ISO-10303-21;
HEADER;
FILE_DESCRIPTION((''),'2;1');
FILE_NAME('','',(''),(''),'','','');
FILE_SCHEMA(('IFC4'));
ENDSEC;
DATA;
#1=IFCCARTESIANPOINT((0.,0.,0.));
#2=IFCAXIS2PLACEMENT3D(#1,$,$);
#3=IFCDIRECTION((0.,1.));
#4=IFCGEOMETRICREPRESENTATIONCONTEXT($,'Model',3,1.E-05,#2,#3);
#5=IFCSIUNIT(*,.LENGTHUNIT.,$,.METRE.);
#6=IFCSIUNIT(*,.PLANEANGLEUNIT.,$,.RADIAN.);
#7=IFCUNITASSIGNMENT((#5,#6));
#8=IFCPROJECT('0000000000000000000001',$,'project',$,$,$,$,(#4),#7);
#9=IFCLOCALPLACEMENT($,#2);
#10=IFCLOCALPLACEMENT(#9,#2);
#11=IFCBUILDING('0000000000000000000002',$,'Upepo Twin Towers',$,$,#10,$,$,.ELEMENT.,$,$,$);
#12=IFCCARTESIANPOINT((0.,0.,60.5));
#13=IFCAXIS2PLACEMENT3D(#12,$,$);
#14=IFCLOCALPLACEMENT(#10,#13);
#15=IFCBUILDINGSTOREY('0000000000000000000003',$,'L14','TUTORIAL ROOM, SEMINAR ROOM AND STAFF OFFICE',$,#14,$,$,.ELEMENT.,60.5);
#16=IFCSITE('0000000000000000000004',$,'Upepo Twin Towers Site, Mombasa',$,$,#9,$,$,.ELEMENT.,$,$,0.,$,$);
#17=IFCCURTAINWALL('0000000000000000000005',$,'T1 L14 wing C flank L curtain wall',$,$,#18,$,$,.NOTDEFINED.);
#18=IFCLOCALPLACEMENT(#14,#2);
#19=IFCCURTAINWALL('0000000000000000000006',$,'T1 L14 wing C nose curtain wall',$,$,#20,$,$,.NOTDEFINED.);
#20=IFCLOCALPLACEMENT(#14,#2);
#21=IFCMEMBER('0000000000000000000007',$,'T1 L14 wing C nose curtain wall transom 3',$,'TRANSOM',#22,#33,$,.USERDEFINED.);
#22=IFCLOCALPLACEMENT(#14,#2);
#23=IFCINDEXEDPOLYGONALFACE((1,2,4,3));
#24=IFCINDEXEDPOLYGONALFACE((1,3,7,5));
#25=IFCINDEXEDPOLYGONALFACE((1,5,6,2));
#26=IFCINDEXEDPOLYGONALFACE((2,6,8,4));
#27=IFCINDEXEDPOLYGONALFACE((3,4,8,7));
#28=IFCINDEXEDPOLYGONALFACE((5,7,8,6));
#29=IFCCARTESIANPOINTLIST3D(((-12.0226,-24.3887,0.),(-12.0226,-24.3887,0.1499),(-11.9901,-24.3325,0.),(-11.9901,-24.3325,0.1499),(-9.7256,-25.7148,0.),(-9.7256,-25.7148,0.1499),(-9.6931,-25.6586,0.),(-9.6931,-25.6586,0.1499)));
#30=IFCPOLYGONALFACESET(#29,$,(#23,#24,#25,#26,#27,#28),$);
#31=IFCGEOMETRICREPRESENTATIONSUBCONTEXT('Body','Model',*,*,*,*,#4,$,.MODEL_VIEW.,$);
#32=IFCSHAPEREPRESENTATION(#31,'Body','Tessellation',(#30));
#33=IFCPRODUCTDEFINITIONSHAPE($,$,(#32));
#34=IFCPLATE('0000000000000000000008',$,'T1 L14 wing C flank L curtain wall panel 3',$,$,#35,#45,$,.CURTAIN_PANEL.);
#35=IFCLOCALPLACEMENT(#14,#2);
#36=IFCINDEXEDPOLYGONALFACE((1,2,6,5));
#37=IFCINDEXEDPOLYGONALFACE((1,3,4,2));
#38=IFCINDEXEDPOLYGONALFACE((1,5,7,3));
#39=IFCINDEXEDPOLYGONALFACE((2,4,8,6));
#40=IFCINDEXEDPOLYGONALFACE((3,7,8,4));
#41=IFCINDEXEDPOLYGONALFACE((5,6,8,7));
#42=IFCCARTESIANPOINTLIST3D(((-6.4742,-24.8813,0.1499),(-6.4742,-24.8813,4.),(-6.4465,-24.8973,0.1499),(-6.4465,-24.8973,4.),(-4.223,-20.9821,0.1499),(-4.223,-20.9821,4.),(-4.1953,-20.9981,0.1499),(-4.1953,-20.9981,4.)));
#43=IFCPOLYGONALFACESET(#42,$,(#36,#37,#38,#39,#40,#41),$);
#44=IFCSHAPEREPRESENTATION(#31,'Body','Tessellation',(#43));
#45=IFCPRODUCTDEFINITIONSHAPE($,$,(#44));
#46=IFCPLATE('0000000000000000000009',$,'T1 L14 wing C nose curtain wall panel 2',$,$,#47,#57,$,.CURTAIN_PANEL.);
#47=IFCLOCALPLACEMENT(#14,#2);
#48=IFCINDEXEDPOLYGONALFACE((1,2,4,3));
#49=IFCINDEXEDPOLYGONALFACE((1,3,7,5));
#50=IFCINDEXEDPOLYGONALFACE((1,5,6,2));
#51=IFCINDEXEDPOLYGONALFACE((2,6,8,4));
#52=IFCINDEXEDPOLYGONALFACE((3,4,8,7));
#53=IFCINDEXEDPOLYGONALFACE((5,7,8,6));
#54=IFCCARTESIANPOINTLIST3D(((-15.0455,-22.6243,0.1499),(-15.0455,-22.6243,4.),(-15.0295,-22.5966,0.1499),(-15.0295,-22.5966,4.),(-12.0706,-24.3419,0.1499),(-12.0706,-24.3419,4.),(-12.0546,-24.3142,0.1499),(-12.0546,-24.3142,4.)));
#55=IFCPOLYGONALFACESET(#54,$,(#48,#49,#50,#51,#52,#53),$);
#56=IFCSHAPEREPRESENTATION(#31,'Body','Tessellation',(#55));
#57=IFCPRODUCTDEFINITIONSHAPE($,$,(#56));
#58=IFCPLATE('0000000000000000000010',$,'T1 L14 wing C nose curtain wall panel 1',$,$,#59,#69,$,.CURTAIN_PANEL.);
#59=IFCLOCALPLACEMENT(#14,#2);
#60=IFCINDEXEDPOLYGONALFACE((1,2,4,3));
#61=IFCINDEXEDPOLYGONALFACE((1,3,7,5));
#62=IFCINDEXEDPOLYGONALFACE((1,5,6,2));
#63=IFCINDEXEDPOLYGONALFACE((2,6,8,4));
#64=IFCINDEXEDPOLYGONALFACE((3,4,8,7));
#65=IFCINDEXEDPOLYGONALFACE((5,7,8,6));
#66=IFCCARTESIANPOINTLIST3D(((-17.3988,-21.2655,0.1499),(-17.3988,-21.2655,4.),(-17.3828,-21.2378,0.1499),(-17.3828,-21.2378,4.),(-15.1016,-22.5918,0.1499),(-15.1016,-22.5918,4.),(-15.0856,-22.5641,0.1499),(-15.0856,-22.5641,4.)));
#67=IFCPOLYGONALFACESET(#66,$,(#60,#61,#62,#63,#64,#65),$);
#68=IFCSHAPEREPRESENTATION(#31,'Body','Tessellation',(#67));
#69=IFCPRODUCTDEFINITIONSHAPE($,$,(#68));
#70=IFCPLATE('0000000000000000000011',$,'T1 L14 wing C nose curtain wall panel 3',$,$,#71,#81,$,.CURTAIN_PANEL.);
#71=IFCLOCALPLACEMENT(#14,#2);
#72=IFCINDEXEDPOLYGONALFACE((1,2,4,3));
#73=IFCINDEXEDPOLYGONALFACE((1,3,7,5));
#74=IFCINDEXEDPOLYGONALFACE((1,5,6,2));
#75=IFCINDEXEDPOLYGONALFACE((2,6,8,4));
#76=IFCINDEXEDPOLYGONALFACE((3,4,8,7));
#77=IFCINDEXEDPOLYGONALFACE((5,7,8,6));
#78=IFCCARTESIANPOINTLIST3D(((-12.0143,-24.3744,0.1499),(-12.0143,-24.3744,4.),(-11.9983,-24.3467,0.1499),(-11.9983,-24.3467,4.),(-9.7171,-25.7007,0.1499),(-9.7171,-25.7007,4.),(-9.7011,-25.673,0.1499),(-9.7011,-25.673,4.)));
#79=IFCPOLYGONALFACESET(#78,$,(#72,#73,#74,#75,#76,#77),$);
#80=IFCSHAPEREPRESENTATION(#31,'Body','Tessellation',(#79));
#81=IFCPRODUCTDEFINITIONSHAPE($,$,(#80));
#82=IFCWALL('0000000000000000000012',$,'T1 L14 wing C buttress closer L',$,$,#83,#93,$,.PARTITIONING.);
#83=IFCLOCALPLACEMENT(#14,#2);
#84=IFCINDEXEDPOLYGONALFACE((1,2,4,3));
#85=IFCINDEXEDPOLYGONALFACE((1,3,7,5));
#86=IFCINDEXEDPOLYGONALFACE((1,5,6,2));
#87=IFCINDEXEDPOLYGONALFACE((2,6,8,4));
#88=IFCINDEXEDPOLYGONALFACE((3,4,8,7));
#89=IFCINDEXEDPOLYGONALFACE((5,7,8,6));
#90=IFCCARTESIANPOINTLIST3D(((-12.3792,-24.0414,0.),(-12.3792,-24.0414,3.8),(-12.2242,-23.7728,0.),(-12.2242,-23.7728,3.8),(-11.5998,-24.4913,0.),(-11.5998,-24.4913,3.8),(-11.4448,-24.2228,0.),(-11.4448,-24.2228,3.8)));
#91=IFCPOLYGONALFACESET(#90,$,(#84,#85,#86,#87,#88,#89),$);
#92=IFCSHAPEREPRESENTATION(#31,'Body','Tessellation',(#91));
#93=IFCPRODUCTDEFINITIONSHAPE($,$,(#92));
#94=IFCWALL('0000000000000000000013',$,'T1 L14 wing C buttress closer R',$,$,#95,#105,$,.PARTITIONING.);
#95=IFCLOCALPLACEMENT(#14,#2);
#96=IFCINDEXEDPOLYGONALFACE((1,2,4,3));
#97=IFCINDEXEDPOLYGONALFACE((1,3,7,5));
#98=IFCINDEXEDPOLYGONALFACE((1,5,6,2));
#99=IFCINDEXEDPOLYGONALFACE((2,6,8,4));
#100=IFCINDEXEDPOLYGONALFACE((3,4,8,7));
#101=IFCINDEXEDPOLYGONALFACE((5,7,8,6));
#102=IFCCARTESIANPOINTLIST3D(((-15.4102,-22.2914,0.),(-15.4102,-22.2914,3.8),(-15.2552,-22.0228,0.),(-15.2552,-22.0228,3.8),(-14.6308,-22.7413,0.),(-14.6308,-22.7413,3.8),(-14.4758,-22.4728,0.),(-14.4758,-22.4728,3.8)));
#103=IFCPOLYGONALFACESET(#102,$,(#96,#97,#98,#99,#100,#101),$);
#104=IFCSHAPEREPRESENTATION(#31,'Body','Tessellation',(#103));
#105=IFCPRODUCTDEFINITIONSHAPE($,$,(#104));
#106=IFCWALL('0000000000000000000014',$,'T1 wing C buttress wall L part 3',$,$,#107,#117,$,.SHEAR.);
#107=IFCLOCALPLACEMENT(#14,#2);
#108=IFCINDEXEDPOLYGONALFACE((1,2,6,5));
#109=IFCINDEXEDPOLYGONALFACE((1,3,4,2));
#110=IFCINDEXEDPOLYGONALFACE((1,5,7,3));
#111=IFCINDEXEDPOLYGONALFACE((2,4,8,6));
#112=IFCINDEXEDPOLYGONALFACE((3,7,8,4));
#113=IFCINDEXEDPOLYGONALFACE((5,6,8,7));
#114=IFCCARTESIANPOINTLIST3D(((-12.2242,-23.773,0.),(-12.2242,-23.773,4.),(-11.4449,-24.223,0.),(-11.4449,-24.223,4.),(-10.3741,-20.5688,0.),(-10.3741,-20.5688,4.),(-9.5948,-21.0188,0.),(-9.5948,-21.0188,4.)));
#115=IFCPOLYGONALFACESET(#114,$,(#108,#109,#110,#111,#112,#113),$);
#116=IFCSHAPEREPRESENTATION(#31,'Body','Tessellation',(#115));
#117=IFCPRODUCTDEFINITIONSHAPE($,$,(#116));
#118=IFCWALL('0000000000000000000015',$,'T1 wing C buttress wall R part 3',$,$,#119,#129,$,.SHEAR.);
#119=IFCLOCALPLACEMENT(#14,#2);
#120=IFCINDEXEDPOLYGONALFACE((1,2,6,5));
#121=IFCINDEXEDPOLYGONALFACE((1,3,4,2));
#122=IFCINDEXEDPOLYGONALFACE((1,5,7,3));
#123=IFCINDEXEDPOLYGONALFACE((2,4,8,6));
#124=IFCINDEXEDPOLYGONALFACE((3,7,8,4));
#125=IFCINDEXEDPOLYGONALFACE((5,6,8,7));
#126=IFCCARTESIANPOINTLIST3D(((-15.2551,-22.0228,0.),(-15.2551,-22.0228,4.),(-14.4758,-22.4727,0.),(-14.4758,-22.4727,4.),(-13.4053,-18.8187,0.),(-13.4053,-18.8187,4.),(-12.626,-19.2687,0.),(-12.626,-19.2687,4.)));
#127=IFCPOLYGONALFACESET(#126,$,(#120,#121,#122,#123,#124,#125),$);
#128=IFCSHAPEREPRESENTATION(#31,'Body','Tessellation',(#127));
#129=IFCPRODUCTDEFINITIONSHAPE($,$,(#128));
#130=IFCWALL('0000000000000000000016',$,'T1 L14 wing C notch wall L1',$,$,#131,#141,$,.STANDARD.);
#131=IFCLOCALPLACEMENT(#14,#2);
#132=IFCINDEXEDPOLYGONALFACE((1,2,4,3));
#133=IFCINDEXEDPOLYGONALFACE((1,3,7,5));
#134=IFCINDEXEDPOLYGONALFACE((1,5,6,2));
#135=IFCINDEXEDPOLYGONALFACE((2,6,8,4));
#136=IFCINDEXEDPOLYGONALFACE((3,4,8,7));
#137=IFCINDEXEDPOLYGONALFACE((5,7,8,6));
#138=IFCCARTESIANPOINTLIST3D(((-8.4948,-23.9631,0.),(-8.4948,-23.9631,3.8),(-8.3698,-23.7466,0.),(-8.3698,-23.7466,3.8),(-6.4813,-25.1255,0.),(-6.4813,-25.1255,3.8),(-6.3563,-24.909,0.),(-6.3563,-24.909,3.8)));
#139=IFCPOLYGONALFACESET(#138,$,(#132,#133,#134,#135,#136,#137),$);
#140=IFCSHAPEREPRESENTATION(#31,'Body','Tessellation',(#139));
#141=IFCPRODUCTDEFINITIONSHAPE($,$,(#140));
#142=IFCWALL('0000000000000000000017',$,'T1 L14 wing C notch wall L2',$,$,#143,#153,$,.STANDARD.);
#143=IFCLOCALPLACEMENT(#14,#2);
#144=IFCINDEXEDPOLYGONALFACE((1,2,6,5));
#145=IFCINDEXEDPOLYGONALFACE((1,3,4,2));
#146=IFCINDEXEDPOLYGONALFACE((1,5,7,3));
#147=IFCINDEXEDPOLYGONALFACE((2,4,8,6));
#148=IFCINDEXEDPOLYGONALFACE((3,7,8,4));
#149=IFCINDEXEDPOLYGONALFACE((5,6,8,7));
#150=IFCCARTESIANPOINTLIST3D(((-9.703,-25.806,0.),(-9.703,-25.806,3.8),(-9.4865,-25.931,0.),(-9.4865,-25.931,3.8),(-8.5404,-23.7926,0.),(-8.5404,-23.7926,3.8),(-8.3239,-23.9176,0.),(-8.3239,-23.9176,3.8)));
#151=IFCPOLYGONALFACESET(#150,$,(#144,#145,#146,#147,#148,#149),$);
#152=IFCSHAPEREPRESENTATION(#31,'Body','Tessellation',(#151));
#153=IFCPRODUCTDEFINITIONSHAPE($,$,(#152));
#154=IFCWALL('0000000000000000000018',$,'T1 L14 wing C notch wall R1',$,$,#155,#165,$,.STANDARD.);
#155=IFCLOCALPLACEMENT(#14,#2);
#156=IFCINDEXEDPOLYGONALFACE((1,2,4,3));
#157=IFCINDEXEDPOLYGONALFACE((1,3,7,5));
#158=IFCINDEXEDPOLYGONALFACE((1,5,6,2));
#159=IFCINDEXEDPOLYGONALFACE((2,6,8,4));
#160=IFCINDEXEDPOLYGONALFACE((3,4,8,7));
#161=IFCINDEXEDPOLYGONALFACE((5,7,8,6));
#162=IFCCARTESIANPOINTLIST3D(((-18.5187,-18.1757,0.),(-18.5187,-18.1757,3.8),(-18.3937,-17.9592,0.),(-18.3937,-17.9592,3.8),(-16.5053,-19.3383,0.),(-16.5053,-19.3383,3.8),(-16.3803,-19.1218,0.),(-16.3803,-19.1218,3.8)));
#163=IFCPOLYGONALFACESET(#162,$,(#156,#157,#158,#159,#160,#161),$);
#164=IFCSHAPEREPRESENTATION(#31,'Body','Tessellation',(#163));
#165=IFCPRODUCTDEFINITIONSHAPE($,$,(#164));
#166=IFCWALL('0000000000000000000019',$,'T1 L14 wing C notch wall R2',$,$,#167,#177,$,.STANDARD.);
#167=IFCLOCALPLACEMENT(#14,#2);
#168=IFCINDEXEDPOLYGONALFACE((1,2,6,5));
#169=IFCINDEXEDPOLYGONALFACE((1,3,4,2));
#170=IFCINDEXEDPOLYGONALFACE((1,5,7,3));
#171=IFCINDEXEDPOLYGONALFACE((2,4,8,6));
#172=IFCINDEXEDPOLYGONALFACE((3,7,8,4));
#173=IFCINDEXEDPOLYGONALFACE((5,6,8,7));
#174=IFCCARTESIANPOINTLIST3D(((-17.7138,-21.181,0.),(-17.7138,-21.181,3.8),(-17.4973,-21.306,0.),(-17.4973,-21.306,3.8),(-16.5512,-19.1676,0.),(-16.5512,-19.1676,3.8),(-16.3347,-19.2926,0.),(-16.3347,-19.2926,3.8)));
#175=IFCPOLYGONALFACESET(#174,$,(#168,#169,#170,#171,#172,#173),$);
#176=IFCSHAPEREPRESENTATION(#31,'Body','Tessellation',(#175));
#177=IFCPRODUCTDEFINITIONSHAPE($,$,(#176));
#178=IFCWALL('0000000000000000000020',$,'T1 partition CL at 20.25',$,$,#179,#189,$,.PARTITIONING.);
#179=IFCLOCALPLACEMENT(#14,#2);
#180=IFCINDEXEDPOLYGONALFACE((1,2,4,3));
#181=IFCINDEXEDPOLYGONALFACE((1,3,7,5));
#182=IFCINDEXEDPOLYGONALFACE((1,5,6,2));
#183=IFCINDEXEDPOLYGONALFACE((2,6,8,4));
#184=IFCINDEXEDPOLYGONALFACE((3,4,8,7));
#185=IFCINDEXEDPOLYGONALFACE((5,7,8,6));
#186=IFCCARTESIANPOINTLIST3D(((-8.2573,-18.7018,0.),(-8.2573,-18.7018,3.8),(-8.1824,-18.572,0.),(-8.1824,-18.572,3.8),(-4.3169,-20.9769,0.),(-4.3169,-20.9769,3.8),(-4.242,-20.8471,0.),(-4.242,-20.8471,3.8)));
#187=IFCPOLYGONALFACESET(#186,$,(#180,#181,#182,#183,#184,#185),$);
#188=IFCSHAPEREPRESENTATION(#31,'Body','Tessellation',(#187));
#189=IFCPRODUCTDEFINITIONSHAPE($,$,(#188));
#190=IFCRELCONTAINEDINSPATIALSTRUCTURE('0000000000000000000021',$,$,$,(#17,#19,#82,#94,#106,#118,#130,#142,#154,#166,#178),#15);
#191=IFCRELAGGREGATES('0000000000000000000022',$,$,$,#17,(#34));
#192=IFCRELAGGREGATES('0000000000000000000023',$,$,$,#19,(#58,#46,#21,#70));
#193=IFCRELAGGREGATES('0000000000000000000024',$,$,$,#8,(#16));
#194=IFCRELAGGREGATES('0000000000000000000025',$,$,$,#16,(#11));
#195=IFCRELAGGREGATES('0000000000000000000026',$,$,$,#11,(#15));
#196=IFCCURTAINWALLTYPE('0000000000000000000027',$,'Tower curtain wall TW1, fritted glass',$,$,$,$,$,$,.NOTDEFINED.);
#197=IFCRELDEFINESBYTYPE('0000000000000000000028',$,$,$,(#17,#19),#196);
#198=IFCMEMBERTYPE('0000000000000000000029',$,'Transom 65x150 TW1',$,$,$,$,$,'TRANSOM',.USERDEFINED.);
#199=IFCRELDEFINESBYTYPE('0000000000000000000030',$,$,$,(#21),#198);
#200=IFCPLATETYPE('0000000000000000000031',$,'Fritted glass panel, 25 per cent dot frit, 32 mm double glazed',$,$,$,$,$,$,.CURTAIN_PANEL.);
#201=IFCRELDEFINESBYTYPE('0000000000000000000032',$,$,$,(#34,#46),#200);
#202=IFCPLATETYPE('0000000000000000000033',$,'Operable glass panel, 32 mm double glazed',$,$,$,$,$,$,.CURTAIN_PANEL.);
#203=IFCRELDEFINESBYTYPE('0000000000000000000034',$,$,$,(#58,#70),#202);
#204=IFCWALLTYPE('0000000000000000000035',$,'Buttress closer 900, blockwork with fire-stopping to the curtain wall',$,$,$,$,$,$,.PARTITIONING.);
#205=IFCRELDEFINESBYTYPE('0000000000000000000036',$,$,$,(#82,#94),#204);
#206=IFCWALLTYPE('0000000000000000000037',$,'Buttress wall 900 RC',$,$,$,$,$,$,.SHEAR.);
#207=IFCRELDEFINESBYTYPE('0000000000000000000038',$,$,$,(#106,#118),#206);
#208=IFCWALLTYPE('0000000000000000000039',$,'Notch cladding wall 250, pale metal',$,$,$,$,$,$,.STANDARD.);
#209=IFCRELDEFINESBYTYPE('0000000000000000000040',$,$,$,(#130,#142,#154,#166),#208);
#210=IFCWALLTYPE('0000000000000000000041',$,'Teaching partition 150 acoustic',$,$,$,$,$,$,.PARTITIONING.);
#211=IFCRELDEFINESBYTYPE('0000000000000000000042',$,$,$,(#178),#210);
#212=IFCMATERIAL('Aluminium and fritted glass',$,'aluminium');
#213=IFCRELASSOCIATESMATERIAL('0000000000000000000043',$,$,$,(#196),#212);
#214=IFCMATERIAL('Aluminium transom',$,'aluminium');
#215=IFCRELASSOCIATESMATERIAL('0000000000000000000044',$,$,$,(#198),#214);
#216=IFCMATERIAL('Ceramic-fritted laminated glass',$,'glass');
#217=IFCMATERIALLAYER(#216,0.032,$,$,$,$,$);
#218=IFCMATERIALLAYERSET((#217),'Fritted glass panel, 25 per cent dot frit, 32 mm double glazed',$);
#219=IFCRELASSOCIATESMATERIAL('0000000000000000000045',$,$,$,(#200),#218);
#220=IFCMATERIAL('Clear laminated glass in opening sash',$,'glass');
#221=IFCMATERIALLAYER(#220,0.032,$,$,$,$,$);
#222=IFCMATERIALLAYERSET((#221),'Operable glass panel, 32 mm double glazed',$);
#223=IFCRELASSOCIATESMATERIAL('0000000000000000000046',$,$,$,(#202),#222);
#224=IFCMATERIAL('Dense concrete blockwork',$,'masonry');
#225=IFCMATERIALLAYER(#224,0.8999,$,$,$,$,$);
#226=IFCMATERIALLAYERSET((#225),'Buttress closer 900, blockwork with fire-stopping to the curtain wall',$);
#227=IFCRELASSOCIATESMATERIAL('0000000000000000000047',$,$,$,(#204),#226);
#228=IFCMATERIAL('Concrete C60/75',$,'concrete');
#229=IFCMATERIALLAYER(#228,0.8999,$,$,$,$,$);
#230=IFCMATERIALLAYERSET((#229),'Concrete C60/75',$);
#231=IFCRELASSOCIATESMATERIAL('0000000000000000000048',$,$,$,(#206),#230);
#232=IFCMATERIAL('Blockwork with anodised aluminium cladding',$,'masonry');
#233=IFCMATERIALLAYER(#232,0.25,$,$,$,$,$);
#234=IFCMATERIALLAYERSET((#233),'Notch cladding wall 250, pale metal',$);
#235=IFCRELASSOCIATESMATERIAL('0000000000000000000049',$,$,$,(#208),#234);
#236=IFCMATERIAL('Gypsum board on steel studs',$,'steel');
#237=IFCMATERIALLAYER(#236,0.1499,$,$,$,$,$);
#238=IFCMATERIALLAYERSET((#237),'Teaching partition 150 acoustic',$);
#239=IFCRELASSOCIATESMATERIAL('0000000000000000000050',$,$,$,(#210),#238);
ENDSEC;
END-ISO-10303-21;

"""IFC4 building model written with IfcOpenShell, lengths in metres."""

from ifc_helpers import new_model, si_unit, direction, frame, frame_2d, origin, origin_2d, place, context, subcontext, project, spatial, rectangle, extrude, material, layer, layer_set, material_profile, profile_set, type_object, element, aggregate, save


model = new_model("IFC4")

# Units and contexts
model_context = context("Model", 3, precision=1e-05, world=origin(), true_north=direction((0.0, 1.0)))
body_context = subcontext(model_context, "Body", "Model", "MODEL_VIEW")
ifc_project = project(units=[si_unit("LENGTHUNIT", "METRE"), si_unit("PLANEANGLEUNIT", "RADIAN")], contexts=[model_context])

# Site, building, storey
site_placement = place(None, origin())
site = spatial("IfcSite", under=ifc_project, at=site_placement, Name="Upepo Twin Towers Site, Mombasa", CompositionType="ELEMENT", RefElevation=0.0)
building_placement = place(site_placement, origin())
building = spatial("IfcBuilding", under=site, at=building_placement, Name="Upepo Twin Towers", CompositionType="ELEMENT")
storey_placement = place(building_placement, frame((0.0, 0.0, 60.5)))
storey = spatial("IfcBuildingStorey", under=building, at=storey_placement, Name="L14", Description="TUTORIAL ROOM, SEMINAR ROOM AND STAFF OFFICE", CompositionType="ELEMENT", Elevation=60.5)

# Curtain wall
ifc_material_1 = material(Name="Aluminium and fritted glass", Category="aluminium")
curtain_wall_type = type_object("IfcCurtainWallType", Name="Tower curtain wall TW1, fritted glass", PredefinedType="NOTDEFINED", material=ifc_material_1)
curtain_wall_1_placement = place(storey_placement, origin())
curtain_wall_1 = element("IfcCurtainWall", 1, at=curtain_wall_1_placement, inside=storey, type_object=curtain_wall_type, Name="T1 L14 wing C flank L curtain wall", PredefinedType="NOTDEFINED")

# Curtain wall
curtain_wall_2_placement = place(storey_placement, origin())
curtain_wall_2 = element("IfcCurtainWall", 2, at=curtain_wall_2_placement, inside=storey, type_object=curtain_wall_type, Name="T1 L14 wing C nose curtain wall", PredefinedType="NOTDEFINED")

# Member
ifc_material_2 = material(Name="Aluminium transom", Category="aluminium")
ifc_material_profile_1 = material_profile(ifc_material_2, rectangle(XDim=0.0649, YDim=0.1499, at=origin_2d()), Name="TRANSOM 65x150")
ifc_profile_set_1 = profile_set([ifc_material_profile_1], Name="Aluminium transom")
member_type_1 = type_object("IfcMemberType", Name="Transom 65x150 TW1", ElementType="TRANSOM", PredefinedType="USERDEFINED", material=ifc_profile_set_1)
member_1_placement = place(storey_placement, frame((-12.0063, -24.3606, 0.075), z_axis=(0.866037, -0.49998, 0.0), x_axis=(0.49998, 0.866037, 0.0)))
member_1 = element("IfcMember", 3, at=member_1_placement, type_object=member_type_1, Name="T1 L14 wing C nose curtain wall transom 3", ObjectType="TRANSOM", PredefinedType="USERDEFINED", context=body_context, shape_type="SweptSolid", body=[
    extrude(rectangle(XDim=0.0649, YDim=0.1499, at=origin_2d()), origin(), (0.0, 0.0, 1.0), 2.6523),
])

# Plates
ifc_material_3 = material(Name="Ceramic-fritted laminated glass", Category="glass")
ifc_layer_1 = layer(ifc_material_3, 0.032)
ifc_layer_set_1 = layer_set([ifc_layer_1], Name="Fritted glass panel, 25 per cent dot frit, 32 mm double glazed")
plate_type_1 = type_object("IfcPlateType", Name="Fritted glass panel, 25 per cent dot frit, 32 mm double glazed", PredefinedType="CURTAIN_PANEL", material=ifc_layer_set_1)
plate_1_placement = place(storey_placement, frame((-5.3347, -22.9397, 0.1499), z_axis=(0.0, 0.0, 1.0), x_axis=(-0.5, -0.866025, 0.0)))
plate_1 = element("IfcPlate", 4, at=plate_1_placement, type_object=plate_type_1, Name="T1 L14 wing C flank L curtain wall panel 3", PredefinedType="CURTAIN_PANEL", context=body_context, shape_type="SweptSolid", body=[
    extrude(rectangle(XDim=4.5024, YDim=0.032, at=origin_2d()), origin(), (0.0, 0.0, 1.0), 3.8501),
])
aggregate(curtain_wall_1, [plate_1])
plate_2_placement = place(storey_placement, frame((-13.55, -23.4692, 0.1499), z_axis=(0.0, 0.0, 1.0), x_axis=(0.866025, -0.5, 0.0)))
plate_2 = element("IfcPlate", 5, at=plate_2_placement, type_object=plate_type_1, Name="T1 L14 wing C nose curtain wall panel 2", PredefinedType="CURTAIN_PANEL", context=body_context, shape_type="SweptSolid", body=[
    extrude(rectangle(XDim=3.4351, YDim=0.032, at=origin_2d()), origin(), (0.0, 0.0, 1.0), 3.8501),
])
ifc_material_4 = material(Name="Clear laminated glass in opening sash", Category="glass")
ifc_layer_2 = layer(ifc_material_4, 0.032)
ifc_layer_set_2 = layer_set([ifc_layer_2], Name="Operable glass panel, 32 mm double glazed")
plate_type_2 = type_object("IfcPlateType", Name="Operable glass panel, 32 mm double glazed", PredefinedType="CURTAIN_PANEL", material=ifc_layer_set_2)
plate_3_placement = place(storey_placement, frame((-16.2422, -21.9148, 0.1499), z_axis=(0.0, 0.0, 1.0), x_axis=(0.866025, -0.5, 0.0)))
plate_3 = element("IfcPlate", 6, at=plate_3_placement, type_object=plate_type_2, Name="T1 L14 wing C nose curtain wall panel 1", PredefinedType="CURTAIN_PANEL", context=body_context, shape_type="SweptSolid", body=[
    extrude(rectangle(XDim=2.6526, YDim=0.032, at=origin_2d()), origin(), (0.0, 0.0, 1.0), 3.8501),
])
plate_4_placement = place(storey_placement, frame((-10.8577, -25.0237, 0.1499), z_axis=(0.0, 0.0, 1.0), x_axis=(0.866025, -0.5, 0.0)))
plate_4 = element("IfcPlate", 7, at=plate_4_placement, type_object=plate_type_2, Name="T1 L14 wing C nose curtain wall panel 3", PredefinedType="CURTAIN_PANEL", context=body_context, shape_type="SweptSolid", body=[
    extrude(rectangle(XDim=2.6526, YDim=0.032, at=origin_2d()), origin(), (0.0, 0.0, 1.0), 3.8501),
])
aggregate(curtain_wall_2, [plate_3, plate_2, member_1, plate_4])

# Walls
ifc_material_5 = material(Name="Dense concrete blockwork", Category="masonry")
ifc_layer_3 = layer(ifc_material_5, 0.8999)
ifc_layer_set_3 = layer_set([ifc_layer_3], Name="Buttress closer 900, blockwork with fire-stopping to the curtain wall")
wall_type_1 = type_object("IfcWallType", Name="Buttress closer 900, blockwork with fire-stopping to the curtain wall", PredefinedType="PARTITIONING", material=ifc_layer_set_3)
for number, where, z_axis, x_axis, name in (
    (8, (-11.8345, -23.9978, 0.0), (0.0, 0.0, 1.0), (-0.49995, -0.866054, 0.0), "T1 L14 wing C buttress closer L"),
    (9, (-14.8655, -22.2478, 0.0), (0.0, 0.0, 1.0), (-0.49995, -0.866054, 0.0), "T1 L14 wing C buttress closer R"),
):
    element("IfcWall", number, at=place(storey_placement, frame(where, z_axis=z_axis, x_axis=x_axis)), inside=storey, type_object=wall_type_1, Name=name, PredefinedType="PARTITIONING", context=body_context, shape_type="SweptSolid", body=[
        extrude(rectangle(XDim=0.3101, YDim=0.8999, at=frame_2d((0.155, 0.0))), origin(), (0.0, 0.0, 1.0), 3.8),
    ])
ifc_material_6 = material(Name="Concrete C60/75", Category="concrete")
ifc_layer_4 = layer(ifc_material_6, 0.8999)
ifc_layer_set_4 = layer_set([ifc_layer_4], Name="Concrete C60/75")
wall_type_2 = type_object("IfcWallType", Name="Buttress wall 900 RC", PredefinedType="SHEAR", material=ifc_layer_set_4)
wall_1_placement = place(storey_placement, frame((-9.9844, -20.7937, 0.0), z_axis=(0.0, 0.0, 1.0), x_axis=(-0.500042, -0.866001, 0.0)))
element("IfcWall", 10, at=wall_1_placement, inside=storey, type_object=wall_type_2, Name="T1 wing C buttress wall L part 3", PredefinedType="SHEAR", context=body_context, shape_type="SweptSolid", body=[
    extrude(rectangle(XDim=3.7, YDim=0.8999, at=frame_2d((1.8501, 0.0))), origin(), (0.0, 0.0, 1.0), 4.0),
])
wall_2_placement = place(storey_placement, frame((-13.0156, -19.0437, 0.0), z_axis=(0.0, 0.0, 1.0), x_axis=(-0.499993, -0.86603, 0.0)))
element("IfcWall", 11, at=wall_2_placement, inside=storey, type_object=wall_type_2, Name="T1 wing C buttress wall R part 3", PredefinedType="SHEAR", context=body_context, shape_type="SweptSolid", body=[
    extrude(rectangle(XDim=3.6997, YDim=0.8999, at=frame_2d((1.8499, 0.0))), origin(), (0.0, 0.0, 1.0), 4.0),
])
ifc_material_7 = material(Name="Blockwork with anodised aluminium cladding", Category="masonry")
ifc_layer_5 = layer(ifc_material_7, 0.25)
ifc_layer_set_5 = layer_set([ifc_layer_5], Name="Notch cladding wall 250, pale metal")
wall_type_3 = type_object("IfcWallType", Name="Notch cladding wall 250, pale metal", PredefinedType="STANDARD", material=ifc_layer_set_5)
for number, where, z_axis, x_axis, name in (
    (12, (-6.4187, -25.0173, 0.0), (0.0, 0.0, 1.0), (-0.866044, 0.499968, 0.0), "T1 L14 wing C notch wall L1"),
    (13, (-8.4321, -23.855, 0.0), (0.0, 0.0, 1.0), (-0.500047, -0.865998, 0.0), "T1 L14 wing C notch wall L2"),
    (14, (-18.4563, -18.0674, 0.0), (0.0, 0.0, 1.0), (0.865998, -0.500047, 0.0), "T1 L14 wing C notch wall R1"),
    (15, (-16.4429, -19.23, 0.0), (0.0, 0.0, 1.0), (-0.500047, -0.865998, 0.0), "T1 L14 wing C notch wall R2"),
):
    element("IfcWall", number, at=place(storey_placement, frame(where, z_axis=z_axis, x_axis=x_axis)), inside=storey, type_object=wall_type_3, Name=name, PredefinedType="STANDARD", context=body_context, shape_type="SweptSolid", body=[
        extrude(rectangle(XDim=2.325, YDim=0.25, at=frame_2d((1.1626, 0.0))), origin(), (0.0, 0.0, 1.0), 3.8),
    ])
ifc_material_8 = material(Name="Gypsum board on steel studs", Category="steel")
ifc_layer_6 = layer(ifc_material_8, 0.1499)
ifc_layer_set_6 = layer_set([ifc_layer_6], Name="Teaching partition 150 acoustic")
wall_type_4 = type_object("IfcWallType", Name="Teaching partition 150 acoustic", PredefinedType="PARTITIONING", material=ifc_layer_set_6)
wall_3_placement = place(storey_placement, frame((-8.2197, -18.637, 0.0), z_axis=(0.0, 0.0, 1.0), x_axis=(0.866012, -0.500023, 0.0)))
element("IfcWall", 16, at=wall_3_placement, inside=storey, type_object=wall_type_4, Name="T1 partition CL at 20.25", PredefinedType="PARTITIONING", context=body_context, shape_type="SweptSolid", body=[
    extrude(rectangle(XDim=4.55, YDim=0.1499, at=frame_2d((2.2749, 0.0))), origin(), (0.0, 0.0, 1.0), 3.8),
])

save(model, "model.ifc")
